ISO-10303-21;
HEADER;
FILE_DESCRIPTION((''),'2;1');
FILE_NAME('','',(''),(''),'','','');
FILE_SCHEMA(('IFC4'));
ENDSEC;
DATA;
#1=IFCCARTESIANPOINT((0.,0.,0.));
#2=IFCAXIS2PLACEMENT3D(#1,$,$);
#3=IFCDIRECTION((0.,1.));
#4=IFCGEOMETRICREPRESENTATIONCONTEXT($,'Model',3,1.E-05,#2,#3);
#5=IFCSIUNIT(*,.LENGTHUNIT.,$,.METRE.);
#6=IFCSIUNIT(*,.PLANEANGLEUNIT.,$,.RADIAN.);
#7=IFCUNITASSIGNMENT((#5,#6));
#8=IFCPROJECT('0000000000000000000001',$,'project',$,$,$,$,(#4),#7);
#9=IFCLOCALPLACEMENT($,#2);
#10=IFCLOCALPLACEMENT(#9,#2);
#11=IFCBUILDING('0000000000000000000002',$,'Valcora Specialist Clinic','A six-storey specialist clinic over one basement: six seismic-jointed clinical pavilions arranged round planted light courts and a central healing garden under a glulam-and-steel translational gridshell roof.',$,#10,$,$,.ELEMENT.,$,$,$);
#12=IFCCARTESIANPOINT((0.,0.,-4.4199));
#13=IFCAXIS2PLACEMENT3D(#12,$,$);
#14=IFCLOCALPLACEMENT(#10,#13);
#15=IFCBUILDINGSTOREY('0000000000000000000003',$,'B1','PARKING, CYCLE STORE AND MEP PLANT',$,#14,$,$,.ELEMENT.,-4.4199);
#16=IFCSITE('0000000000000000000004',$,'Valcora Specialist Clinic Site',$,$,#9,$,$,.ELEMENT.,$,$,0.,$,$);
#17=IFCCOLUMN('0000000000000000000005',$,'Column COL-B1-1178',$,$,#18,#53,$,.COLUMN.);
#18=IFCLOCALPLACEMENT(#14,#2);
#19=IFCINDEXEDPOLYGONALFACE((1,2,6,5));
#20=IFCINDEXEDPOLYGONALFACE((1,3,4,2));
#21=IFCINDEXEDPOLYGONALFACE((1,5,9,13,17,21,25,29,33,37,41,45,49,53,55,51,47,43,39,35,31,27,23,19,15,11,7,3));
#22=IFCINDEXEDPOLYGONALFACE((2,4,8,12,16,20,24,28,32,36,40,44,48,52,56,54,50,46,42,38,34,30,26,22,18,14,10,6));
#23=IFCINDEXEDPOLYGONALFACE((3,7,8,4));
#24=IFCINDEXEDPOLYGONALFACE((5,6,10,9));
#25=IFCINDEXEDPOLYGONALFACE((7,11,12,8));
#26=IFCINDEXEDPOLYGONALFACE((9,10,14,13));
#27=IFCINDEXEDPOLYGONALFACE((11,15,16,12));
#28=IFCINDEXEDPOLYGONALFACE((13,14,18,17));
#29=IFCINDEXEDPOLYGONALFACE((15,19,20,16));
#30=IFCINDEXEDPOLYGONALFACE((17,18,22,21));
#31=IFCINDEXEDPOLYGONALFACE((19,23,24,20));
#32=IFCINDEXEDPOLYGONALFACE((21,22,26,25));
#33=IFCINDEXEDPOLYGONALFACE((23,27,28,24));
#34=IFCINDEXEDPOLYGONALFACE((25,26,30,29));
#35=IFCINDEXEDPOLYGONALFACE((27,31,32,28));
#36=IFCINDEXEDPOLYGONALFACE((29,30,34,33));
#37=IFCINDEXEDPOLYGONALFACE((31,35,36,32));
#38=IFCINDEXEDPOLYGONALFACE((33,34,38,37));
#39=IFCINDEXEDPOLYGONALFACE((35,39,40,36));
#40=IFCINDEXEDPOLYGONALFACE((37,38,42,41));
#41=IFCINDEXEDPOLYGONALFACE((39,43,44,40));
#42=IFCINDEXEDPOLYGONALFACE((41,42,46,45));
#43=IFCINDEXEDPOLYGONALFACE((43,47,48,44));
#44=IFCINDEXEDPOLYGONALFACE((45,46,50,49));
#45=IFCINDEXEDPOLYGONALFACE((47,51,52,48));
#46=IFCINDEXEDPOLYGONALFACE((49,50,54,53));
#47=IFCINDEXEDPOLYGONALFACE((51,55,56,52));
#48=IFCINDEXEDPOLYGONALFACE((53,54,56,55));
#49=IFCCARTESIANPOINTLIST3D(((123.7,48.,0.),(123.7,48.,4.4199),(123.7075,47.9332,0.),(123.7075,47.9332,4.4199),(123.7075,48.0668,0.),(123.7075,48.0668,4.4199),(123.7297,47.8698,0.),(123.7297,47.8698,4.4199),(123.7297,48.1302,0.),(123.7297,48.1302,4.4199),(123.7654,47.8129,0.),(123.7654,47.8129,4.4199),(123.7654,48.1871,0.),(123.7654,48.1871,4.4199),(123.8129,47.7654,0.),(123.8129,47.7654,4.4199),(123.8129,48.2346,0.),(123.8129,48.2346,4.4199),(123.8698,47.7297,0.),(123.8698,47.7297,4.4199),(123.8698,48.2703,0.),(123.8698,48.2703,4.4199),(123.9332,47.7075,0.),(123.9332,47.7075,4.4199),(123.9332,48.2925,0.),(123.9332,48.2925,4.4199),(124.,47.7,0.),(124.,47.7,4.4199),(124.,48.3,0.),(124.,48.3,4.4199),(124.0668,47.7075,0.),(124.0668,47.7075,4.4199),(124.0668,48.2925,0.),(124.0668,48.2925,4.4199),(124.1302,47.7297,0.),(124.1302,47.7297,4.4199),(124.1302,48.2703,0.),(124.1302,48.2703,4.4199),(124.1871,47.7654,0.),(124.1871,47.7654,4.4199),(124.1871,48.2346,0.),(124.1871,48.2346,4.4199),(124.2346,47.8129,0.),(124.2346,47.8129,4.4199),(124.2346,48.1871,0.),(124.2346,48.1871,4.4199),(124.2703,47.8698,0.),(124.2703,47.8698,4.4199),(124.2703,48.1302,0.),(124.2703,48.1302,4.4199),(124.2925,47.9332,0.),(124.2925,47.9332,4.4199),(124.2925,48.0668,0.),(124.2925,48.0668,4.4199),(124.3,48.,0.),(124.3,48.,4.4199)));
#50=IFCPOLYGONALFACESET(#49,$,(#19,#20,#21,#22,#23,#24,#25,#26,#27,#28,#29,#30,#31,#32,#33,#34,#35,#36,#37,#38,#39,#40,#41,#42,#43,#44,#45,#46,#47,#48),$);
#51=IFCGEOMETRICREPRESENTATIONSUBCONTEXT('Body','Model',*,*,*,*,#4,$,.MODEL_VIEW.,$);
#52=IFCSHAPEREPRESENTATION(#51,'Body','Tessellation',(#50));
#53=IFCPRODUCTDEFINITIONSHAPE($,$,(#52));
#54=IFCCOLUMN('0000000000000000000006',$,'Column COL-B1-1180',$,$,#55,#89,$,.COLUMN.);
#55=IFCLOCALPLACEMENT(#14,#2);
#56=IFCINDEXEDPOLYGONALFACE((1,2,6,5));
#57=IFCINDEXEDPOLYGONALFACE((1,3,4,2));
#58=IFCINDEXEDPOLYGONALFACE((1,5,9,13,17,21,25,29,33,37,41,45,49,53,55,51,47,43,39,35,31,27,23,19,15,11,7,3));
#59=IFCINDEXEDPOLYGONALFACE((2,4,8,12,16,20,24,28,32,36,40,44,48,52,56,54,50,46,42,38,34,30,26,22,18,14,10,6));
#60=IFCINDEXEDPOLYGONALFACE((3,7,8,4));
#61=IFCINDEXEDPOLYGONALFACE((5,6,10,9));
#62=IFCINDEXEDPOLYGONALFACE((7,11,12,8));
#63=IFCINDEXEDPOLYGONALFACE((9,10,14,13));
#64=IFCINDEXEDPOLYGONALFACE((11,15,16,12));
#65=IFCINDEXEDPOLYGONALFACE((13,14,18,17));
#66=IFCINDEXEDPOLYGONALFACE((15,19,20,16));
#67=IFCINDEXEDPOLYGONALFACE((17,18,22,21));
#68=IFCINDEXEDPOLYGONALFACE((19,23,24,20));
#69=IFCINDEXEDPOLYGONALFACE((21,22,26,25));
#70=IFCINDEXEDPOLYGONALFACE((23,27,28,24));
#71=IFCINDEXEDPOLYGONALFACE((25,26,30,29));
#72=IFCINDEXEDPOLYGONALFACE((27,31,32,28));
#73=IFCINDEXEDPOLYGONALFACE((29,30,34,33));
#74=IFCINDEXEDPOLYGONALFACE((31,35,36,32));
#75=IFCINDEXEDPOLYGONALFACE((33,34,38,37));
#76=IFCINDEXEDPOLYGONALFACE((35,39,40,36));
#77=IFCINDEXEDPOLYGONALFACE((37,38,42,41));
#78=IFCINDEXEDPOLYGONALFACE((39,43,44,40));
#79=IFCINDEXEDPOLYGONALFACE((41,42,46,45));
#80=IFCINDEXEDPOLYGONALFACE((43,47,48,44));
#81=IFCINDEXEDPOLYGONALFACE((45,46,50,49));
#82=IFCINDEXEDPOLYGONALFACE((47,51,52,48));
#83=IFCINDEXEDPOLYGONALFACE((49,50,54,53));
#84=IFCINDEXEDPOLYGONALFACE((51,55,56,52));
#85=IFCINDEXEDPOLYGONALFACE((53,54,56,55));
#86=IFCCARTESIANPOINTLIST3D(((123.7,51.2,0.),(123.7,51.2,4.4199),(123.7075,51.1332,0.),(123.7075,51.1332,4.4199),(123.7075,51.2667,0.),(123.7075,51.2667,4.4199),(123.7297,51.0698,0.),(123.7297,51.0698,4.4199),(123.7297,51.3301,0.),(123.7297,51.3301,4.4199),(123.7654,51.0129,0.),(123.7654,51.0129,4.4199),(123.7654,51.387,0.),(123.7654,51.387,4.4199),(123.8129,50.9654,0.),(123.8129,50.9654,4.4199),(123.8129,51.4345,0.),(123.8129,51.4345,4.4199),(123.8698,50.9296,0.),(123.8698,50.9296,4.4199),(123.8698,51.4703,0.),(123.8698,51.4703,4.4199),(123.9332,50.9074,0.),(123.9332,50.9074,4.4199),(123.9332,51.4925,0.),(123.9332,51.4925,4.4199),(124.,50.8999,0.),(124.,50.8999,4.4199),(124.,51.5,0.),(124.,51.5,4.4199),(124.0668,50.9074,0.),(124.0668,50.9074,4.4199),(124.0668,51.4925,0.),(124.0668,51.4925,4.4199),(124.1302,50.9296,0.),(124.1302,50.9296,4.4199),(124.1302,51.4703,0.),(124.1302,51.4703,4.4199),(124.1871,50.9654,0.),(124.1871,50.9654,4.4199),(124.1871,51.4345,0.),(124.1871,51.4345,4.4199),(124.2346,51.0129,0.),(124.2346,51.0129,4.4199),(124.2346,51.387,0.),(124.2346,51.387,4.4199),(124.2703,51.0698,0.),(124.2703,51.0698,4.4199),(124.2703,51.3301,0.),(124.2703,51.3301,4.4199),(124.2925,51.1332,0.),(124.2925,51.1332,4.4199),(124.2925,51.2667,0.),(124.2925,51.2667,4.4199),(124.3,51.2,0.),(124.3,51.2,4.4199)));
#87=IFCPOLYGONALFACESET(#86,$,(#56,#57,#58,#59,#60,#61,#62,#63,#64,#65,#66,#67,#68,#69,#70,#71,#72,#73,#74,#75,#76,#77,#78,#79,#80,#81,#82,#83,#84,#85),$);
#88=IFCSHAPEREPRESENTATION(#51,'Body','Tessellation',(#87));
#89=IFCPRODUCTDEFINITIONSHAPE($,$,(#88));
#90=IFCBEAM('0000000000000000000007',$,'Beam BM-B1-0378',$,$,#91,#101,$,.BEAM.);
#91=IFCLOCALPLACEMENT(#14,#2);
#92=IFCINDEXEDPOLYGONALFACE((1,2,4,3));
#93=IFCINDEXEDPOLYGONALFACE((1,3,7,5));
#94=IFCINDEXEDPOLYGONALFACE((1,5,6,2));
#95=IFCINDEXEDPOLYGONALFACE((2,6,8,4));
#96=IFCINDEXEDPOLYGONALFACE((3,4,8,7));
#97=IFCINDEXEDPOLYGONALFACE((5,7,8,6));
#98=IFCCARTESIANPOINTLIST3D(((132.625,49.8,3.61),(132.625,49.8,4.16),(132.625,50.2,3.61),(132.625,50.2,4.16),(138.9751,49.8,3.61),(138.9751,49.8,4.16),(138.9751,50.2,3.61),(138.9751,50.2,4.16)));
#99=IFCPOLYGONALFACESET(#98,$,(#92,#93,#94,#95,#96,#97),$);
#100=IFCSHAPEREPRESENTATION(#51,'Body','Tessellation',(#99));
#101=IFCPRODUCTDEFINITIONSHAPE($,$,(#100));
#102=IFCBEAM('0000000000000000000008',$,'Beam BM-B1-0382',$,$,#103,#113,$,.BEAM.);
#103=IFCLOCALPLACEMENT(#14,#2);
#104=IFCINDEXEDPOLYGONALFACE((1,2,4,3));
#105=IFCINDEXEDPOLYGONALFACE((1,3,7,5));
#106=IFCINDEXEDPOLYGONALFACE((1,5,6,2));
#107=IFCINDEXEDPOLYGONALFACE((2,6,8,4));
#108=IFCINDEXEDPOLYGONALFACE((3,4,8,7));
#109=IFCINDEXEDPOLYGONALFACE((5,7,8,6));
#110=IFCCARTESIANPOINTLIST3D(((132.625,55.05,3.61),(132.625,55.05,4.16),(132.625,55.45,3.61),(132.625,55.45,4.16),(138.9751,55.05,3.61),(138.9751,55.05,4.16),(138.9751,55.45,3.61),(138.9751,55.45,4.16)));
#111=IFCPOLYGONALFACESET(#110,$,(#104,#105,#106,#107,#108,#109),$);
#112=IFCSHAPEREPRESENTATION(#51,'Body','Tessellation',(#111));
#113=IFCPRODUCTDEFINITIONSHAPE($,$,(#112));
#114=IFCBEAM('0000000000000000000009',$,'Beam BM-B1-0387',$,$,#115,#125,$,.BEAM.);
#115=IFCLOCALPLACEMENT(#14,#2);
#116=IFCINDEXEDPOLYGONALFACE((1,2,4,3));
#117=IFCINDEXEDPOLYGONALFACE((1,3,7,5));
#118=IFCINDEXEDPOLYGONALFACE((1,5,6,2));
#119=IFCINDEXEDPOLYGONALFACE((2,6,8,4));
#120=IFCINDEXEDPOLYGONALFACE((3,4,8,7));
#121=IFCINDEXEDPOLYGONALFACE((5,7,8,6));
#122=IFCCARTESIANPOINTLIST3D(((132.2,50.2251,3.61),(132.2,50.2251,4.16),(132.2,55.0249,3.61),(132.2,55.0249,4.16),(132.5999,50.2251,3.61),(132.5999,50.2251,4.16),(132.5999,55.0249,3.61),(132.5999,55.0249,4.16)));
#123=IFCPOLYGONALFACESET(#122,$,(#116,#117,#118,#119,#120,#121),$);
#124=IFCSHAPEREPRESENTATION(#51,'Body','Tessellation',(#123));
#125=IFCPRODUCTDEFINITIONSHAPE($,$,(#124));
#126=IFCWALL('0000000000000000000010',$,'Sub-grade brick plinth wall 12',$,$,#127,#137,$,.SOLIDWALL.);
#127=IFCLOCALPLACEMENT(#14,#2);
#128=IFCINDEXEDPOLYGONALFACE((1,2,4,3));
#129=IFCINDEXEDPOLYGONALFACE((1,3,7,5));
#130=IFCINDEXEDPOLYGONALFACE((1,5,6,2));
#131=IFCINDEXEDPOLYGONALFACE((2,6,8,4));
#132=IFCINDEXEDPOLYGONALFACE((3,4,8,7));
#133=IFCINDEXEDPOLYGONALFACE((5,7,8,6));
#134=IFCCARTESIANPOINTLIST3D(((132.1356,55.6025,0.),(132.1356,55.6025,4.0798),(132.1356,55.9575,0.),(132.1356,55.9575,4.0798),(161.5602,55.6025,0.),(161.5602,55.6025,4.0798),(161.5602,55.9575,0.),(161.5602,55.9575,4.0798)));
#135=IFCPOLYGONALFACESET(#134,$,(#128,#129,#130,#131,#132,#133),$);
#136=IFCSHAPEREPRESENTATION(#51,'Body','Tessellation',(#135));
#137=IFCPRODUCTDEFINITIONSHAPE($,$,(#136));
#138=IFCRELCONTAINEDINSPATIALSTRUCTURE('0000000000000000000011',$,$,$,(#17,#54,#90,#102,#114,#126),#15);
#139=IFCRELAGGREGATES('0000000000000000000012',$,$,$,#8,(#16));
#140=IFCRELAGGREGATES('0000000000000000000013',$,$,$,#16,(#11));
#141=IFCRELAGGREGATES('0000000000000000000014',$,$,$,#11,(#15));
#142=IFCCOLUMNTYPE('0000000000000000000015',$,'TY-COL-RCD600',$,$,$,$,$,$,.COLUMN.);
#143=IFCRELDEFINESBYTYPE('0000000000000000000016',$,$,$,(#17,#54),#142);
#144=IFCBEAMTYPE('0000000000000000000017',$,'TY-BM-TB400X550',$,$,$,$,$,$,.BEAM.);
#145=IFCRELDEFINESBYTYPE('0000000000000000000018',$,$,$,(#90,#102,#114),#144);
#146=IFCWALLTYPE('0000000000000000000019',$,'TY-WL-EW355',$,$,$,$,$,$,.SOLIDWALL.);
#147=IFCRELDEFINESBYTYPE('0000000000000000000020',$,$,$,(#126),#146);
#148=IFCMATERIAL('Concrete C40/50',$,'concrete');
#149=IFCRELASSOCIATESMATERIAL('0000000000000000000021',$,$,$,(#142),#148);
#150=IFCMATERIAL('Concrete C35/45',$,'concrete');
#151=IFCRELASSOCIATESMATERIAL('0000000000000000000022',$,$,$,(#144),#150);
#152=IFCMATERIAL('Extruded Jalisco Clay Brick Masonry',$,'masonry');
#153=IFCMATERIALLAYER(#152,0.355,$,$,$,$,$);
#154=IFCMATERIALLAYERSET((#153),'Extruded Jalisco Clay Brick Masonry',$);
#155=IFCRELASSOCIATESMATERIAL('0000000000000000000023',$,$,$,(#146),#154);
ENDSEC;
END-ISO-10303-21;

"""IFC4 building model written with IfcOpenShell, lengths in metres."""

from ifc_helpers import new_model, si_unit, direction, frame, frame_2d, origin, origin_2d, place, context, subcontext, project, spatial, rectangle, circle, extrude, material, layer, layer_set, material_profile, profile_set, type_object, element, save


model = new_model("IFC4")

# Units and contexts
model_context = context("Model", 3, precision=1e-05, world=origin(), true_north=direction((0.0, 1.0)))
body_context = subcontext(model_context, "Body", "Model", "MODEL_VIEW")
ifc_project = project(units=[si_unit("LENGTHUNIT", "METRE"), si_unit("PLANEANGLEUNIT", "RADIAN")], contexts=[model_context])

# Site, building, storey
site_placement = place(None, origin())
site = spatial("IfcSite", under=ifc_project, at=site_placement, Name="Valcora Specialist Clinic Site", CompositionType="ELEMENT", RefElevation=0.0)
building_placement = place(site_placement, origin())
building = spatial("IfcBuilding", under=site, at=building_placement, Name="Valcora Specialist Clinic", Description="A six-storey specialist clinic over one basement: six seismic-jointed clinical pavilions arranged round planted light courts and a central healing garden under a glulam-and-steel translational gridshell roof.", CompositionType="ELEMENT")
storey_placement = place(building_placement, frame((0.0, 0.0, -4.4199)))
storey = spatial("IfcBuildingStorey", under=building, at=storey_placement, Name="B1", Description="PARKING, CYCLE STORE AND MEP PLANT", CompositionType="ELEMENT", Elevation=-4.4199)

# Shared definitions
ifc_material_1 = material(Name="Concrete C35/45", Category="concrete")

# Columns
ifc_material_2 = material(Name="Concrete C40/50", Category="concrete")
ifc_material_profile_1 = material_profile(ifc_material_2, circle(Radius=0.3, at=origin_2d()), Name="RC-COL-D600")
ifc_profile_set_1 = profile_set([ifc_material_profile_1], Name="Concrete C40/50")
column_type_1 = type_object("IfcColumnType", Name="TY-COL-RCD600", PredefinedType="COLUMN", material=ifc_profile_set_1)
for number, where, z_axis, x_axis, name in (
    (1, (124.0, 48.0, 0.0), (0.0, 0.0, 1.0), (1.0, 0.0, 0.0), "Column COL-B1-1178"),
    (2, (124.0, 51.2, 0.0), (0.0, 0.0, 1.0), (1.0, 0.0, 0.0), "Column COL-B1-1180"),
):
    element("IfcColumn", number, at=place(storey_placement, frame(where, z_axis=z_axis, x_axis=x_axis)), inside=storey, type_object=column_type_1, Name=name, PredefinedType="COLUMN", context=body_context, shape_type="SweptSolid", body=[
        extrude(circle(Radius=0.3, at=origin_2d()), origin(), (0.0, 0.0, 1.0), 4.4199),
    ])

# Beams
ifc_material_profile_2 = material_profile(ifc_material_1, rectangle(XDim=0.3999, YDim=0.55, at=origin_2d()), Name="RC-TB-400X550")
ifc_profile_set_2 = profile_set([ifc_material_profile_2], Name="Concrete C35/45")
beam_type = type_object("IfcBeamType", Name="TY-BM-TB400X550", PredefinedType="BEAM", material=ifc_profile_set_2)
for number, where, z_axis, x_axis, name in (
    (3, (132.625, 50.0, 3.885), (1.0, 0.0, 0.0), (0.0, 1.0, 0.0), "Beam BM-B1-0378"),
    (4, (132.625, 55.25, 3.885), (1.0, 0.0, 0.0), (0.0, 1.0, 0.0), "Beam BM-B1-0382"),
):
    element("IfcBeam", number, at=place(storey_placement, frame(where, z_axis=z_axis, x_axis=x_axis)), inside=storey, type_object=beam_type, Name=name, PredefinedType="BEAM", context=body_context, shape_type="SweptSolid", body=[
        extrude(rectangle(XDim=0.3999, YDim=0.55, at=origin_2d()), origin(), (0.0, 0.0, 1.0), 6.3501),
    ])
beam_placement = place(storey_placement, frame((132.3999, 50.2251, 3.885), z_axis=(0.0, 1.0, 0.0), x_axis=(-1.0, 0.0, 0.0)))
element("IfcBeam", 5, at=beam_placement, inside=storey, type_object=beam_type, Name="Beam BM-B1-0387", PredefinedType="BEAM", context=body_context, shape_type="SweptSolid", body=[
    extrude(rectangle(XDim=0.3999, YDim=0.55, at=origin_2d()), origin(), (0.0, 0.0, 1.0), 4.7998),
])

# Wall
ifc_material_3 = material(Name="Extruded Jalisco Clay Brick Masonry", Category="masonry")
ifc_layer = layer(ifc_material_3, 0.355)
ifc_layer_set = layer_set([ifc_layer], Name="Extruded Jalisco Clay Brick Masonry")
wall_type = type_object("IfcWallType", Name="TY-WL-EW355", PredefinedType="SOLIDWALL", material=ifc_layer_set)
wall_placement = place(storey_placement, frame((132.1355, 55.78, 0.0), z_axis=(0.0, 0.0, 1.0), x_axis=(1.0, 0.0, 0.0)))
element("IfcWall", 6, at=wall_placement, inside=storey, type_object=wall_type, Name="Sub-grade brick plinth wall 12", PredefinedType="SOLIDWALL", context=body_context, shape_type="SweptSolid", body=[
    extrude(rectangle(XDim=29.4246, YDim=0.355, at=frame_2d((14.7124, 0.0))), origin(), (0.0, 0.0, 1.0), 4.0798),
])

save(model, "model.ifc")
